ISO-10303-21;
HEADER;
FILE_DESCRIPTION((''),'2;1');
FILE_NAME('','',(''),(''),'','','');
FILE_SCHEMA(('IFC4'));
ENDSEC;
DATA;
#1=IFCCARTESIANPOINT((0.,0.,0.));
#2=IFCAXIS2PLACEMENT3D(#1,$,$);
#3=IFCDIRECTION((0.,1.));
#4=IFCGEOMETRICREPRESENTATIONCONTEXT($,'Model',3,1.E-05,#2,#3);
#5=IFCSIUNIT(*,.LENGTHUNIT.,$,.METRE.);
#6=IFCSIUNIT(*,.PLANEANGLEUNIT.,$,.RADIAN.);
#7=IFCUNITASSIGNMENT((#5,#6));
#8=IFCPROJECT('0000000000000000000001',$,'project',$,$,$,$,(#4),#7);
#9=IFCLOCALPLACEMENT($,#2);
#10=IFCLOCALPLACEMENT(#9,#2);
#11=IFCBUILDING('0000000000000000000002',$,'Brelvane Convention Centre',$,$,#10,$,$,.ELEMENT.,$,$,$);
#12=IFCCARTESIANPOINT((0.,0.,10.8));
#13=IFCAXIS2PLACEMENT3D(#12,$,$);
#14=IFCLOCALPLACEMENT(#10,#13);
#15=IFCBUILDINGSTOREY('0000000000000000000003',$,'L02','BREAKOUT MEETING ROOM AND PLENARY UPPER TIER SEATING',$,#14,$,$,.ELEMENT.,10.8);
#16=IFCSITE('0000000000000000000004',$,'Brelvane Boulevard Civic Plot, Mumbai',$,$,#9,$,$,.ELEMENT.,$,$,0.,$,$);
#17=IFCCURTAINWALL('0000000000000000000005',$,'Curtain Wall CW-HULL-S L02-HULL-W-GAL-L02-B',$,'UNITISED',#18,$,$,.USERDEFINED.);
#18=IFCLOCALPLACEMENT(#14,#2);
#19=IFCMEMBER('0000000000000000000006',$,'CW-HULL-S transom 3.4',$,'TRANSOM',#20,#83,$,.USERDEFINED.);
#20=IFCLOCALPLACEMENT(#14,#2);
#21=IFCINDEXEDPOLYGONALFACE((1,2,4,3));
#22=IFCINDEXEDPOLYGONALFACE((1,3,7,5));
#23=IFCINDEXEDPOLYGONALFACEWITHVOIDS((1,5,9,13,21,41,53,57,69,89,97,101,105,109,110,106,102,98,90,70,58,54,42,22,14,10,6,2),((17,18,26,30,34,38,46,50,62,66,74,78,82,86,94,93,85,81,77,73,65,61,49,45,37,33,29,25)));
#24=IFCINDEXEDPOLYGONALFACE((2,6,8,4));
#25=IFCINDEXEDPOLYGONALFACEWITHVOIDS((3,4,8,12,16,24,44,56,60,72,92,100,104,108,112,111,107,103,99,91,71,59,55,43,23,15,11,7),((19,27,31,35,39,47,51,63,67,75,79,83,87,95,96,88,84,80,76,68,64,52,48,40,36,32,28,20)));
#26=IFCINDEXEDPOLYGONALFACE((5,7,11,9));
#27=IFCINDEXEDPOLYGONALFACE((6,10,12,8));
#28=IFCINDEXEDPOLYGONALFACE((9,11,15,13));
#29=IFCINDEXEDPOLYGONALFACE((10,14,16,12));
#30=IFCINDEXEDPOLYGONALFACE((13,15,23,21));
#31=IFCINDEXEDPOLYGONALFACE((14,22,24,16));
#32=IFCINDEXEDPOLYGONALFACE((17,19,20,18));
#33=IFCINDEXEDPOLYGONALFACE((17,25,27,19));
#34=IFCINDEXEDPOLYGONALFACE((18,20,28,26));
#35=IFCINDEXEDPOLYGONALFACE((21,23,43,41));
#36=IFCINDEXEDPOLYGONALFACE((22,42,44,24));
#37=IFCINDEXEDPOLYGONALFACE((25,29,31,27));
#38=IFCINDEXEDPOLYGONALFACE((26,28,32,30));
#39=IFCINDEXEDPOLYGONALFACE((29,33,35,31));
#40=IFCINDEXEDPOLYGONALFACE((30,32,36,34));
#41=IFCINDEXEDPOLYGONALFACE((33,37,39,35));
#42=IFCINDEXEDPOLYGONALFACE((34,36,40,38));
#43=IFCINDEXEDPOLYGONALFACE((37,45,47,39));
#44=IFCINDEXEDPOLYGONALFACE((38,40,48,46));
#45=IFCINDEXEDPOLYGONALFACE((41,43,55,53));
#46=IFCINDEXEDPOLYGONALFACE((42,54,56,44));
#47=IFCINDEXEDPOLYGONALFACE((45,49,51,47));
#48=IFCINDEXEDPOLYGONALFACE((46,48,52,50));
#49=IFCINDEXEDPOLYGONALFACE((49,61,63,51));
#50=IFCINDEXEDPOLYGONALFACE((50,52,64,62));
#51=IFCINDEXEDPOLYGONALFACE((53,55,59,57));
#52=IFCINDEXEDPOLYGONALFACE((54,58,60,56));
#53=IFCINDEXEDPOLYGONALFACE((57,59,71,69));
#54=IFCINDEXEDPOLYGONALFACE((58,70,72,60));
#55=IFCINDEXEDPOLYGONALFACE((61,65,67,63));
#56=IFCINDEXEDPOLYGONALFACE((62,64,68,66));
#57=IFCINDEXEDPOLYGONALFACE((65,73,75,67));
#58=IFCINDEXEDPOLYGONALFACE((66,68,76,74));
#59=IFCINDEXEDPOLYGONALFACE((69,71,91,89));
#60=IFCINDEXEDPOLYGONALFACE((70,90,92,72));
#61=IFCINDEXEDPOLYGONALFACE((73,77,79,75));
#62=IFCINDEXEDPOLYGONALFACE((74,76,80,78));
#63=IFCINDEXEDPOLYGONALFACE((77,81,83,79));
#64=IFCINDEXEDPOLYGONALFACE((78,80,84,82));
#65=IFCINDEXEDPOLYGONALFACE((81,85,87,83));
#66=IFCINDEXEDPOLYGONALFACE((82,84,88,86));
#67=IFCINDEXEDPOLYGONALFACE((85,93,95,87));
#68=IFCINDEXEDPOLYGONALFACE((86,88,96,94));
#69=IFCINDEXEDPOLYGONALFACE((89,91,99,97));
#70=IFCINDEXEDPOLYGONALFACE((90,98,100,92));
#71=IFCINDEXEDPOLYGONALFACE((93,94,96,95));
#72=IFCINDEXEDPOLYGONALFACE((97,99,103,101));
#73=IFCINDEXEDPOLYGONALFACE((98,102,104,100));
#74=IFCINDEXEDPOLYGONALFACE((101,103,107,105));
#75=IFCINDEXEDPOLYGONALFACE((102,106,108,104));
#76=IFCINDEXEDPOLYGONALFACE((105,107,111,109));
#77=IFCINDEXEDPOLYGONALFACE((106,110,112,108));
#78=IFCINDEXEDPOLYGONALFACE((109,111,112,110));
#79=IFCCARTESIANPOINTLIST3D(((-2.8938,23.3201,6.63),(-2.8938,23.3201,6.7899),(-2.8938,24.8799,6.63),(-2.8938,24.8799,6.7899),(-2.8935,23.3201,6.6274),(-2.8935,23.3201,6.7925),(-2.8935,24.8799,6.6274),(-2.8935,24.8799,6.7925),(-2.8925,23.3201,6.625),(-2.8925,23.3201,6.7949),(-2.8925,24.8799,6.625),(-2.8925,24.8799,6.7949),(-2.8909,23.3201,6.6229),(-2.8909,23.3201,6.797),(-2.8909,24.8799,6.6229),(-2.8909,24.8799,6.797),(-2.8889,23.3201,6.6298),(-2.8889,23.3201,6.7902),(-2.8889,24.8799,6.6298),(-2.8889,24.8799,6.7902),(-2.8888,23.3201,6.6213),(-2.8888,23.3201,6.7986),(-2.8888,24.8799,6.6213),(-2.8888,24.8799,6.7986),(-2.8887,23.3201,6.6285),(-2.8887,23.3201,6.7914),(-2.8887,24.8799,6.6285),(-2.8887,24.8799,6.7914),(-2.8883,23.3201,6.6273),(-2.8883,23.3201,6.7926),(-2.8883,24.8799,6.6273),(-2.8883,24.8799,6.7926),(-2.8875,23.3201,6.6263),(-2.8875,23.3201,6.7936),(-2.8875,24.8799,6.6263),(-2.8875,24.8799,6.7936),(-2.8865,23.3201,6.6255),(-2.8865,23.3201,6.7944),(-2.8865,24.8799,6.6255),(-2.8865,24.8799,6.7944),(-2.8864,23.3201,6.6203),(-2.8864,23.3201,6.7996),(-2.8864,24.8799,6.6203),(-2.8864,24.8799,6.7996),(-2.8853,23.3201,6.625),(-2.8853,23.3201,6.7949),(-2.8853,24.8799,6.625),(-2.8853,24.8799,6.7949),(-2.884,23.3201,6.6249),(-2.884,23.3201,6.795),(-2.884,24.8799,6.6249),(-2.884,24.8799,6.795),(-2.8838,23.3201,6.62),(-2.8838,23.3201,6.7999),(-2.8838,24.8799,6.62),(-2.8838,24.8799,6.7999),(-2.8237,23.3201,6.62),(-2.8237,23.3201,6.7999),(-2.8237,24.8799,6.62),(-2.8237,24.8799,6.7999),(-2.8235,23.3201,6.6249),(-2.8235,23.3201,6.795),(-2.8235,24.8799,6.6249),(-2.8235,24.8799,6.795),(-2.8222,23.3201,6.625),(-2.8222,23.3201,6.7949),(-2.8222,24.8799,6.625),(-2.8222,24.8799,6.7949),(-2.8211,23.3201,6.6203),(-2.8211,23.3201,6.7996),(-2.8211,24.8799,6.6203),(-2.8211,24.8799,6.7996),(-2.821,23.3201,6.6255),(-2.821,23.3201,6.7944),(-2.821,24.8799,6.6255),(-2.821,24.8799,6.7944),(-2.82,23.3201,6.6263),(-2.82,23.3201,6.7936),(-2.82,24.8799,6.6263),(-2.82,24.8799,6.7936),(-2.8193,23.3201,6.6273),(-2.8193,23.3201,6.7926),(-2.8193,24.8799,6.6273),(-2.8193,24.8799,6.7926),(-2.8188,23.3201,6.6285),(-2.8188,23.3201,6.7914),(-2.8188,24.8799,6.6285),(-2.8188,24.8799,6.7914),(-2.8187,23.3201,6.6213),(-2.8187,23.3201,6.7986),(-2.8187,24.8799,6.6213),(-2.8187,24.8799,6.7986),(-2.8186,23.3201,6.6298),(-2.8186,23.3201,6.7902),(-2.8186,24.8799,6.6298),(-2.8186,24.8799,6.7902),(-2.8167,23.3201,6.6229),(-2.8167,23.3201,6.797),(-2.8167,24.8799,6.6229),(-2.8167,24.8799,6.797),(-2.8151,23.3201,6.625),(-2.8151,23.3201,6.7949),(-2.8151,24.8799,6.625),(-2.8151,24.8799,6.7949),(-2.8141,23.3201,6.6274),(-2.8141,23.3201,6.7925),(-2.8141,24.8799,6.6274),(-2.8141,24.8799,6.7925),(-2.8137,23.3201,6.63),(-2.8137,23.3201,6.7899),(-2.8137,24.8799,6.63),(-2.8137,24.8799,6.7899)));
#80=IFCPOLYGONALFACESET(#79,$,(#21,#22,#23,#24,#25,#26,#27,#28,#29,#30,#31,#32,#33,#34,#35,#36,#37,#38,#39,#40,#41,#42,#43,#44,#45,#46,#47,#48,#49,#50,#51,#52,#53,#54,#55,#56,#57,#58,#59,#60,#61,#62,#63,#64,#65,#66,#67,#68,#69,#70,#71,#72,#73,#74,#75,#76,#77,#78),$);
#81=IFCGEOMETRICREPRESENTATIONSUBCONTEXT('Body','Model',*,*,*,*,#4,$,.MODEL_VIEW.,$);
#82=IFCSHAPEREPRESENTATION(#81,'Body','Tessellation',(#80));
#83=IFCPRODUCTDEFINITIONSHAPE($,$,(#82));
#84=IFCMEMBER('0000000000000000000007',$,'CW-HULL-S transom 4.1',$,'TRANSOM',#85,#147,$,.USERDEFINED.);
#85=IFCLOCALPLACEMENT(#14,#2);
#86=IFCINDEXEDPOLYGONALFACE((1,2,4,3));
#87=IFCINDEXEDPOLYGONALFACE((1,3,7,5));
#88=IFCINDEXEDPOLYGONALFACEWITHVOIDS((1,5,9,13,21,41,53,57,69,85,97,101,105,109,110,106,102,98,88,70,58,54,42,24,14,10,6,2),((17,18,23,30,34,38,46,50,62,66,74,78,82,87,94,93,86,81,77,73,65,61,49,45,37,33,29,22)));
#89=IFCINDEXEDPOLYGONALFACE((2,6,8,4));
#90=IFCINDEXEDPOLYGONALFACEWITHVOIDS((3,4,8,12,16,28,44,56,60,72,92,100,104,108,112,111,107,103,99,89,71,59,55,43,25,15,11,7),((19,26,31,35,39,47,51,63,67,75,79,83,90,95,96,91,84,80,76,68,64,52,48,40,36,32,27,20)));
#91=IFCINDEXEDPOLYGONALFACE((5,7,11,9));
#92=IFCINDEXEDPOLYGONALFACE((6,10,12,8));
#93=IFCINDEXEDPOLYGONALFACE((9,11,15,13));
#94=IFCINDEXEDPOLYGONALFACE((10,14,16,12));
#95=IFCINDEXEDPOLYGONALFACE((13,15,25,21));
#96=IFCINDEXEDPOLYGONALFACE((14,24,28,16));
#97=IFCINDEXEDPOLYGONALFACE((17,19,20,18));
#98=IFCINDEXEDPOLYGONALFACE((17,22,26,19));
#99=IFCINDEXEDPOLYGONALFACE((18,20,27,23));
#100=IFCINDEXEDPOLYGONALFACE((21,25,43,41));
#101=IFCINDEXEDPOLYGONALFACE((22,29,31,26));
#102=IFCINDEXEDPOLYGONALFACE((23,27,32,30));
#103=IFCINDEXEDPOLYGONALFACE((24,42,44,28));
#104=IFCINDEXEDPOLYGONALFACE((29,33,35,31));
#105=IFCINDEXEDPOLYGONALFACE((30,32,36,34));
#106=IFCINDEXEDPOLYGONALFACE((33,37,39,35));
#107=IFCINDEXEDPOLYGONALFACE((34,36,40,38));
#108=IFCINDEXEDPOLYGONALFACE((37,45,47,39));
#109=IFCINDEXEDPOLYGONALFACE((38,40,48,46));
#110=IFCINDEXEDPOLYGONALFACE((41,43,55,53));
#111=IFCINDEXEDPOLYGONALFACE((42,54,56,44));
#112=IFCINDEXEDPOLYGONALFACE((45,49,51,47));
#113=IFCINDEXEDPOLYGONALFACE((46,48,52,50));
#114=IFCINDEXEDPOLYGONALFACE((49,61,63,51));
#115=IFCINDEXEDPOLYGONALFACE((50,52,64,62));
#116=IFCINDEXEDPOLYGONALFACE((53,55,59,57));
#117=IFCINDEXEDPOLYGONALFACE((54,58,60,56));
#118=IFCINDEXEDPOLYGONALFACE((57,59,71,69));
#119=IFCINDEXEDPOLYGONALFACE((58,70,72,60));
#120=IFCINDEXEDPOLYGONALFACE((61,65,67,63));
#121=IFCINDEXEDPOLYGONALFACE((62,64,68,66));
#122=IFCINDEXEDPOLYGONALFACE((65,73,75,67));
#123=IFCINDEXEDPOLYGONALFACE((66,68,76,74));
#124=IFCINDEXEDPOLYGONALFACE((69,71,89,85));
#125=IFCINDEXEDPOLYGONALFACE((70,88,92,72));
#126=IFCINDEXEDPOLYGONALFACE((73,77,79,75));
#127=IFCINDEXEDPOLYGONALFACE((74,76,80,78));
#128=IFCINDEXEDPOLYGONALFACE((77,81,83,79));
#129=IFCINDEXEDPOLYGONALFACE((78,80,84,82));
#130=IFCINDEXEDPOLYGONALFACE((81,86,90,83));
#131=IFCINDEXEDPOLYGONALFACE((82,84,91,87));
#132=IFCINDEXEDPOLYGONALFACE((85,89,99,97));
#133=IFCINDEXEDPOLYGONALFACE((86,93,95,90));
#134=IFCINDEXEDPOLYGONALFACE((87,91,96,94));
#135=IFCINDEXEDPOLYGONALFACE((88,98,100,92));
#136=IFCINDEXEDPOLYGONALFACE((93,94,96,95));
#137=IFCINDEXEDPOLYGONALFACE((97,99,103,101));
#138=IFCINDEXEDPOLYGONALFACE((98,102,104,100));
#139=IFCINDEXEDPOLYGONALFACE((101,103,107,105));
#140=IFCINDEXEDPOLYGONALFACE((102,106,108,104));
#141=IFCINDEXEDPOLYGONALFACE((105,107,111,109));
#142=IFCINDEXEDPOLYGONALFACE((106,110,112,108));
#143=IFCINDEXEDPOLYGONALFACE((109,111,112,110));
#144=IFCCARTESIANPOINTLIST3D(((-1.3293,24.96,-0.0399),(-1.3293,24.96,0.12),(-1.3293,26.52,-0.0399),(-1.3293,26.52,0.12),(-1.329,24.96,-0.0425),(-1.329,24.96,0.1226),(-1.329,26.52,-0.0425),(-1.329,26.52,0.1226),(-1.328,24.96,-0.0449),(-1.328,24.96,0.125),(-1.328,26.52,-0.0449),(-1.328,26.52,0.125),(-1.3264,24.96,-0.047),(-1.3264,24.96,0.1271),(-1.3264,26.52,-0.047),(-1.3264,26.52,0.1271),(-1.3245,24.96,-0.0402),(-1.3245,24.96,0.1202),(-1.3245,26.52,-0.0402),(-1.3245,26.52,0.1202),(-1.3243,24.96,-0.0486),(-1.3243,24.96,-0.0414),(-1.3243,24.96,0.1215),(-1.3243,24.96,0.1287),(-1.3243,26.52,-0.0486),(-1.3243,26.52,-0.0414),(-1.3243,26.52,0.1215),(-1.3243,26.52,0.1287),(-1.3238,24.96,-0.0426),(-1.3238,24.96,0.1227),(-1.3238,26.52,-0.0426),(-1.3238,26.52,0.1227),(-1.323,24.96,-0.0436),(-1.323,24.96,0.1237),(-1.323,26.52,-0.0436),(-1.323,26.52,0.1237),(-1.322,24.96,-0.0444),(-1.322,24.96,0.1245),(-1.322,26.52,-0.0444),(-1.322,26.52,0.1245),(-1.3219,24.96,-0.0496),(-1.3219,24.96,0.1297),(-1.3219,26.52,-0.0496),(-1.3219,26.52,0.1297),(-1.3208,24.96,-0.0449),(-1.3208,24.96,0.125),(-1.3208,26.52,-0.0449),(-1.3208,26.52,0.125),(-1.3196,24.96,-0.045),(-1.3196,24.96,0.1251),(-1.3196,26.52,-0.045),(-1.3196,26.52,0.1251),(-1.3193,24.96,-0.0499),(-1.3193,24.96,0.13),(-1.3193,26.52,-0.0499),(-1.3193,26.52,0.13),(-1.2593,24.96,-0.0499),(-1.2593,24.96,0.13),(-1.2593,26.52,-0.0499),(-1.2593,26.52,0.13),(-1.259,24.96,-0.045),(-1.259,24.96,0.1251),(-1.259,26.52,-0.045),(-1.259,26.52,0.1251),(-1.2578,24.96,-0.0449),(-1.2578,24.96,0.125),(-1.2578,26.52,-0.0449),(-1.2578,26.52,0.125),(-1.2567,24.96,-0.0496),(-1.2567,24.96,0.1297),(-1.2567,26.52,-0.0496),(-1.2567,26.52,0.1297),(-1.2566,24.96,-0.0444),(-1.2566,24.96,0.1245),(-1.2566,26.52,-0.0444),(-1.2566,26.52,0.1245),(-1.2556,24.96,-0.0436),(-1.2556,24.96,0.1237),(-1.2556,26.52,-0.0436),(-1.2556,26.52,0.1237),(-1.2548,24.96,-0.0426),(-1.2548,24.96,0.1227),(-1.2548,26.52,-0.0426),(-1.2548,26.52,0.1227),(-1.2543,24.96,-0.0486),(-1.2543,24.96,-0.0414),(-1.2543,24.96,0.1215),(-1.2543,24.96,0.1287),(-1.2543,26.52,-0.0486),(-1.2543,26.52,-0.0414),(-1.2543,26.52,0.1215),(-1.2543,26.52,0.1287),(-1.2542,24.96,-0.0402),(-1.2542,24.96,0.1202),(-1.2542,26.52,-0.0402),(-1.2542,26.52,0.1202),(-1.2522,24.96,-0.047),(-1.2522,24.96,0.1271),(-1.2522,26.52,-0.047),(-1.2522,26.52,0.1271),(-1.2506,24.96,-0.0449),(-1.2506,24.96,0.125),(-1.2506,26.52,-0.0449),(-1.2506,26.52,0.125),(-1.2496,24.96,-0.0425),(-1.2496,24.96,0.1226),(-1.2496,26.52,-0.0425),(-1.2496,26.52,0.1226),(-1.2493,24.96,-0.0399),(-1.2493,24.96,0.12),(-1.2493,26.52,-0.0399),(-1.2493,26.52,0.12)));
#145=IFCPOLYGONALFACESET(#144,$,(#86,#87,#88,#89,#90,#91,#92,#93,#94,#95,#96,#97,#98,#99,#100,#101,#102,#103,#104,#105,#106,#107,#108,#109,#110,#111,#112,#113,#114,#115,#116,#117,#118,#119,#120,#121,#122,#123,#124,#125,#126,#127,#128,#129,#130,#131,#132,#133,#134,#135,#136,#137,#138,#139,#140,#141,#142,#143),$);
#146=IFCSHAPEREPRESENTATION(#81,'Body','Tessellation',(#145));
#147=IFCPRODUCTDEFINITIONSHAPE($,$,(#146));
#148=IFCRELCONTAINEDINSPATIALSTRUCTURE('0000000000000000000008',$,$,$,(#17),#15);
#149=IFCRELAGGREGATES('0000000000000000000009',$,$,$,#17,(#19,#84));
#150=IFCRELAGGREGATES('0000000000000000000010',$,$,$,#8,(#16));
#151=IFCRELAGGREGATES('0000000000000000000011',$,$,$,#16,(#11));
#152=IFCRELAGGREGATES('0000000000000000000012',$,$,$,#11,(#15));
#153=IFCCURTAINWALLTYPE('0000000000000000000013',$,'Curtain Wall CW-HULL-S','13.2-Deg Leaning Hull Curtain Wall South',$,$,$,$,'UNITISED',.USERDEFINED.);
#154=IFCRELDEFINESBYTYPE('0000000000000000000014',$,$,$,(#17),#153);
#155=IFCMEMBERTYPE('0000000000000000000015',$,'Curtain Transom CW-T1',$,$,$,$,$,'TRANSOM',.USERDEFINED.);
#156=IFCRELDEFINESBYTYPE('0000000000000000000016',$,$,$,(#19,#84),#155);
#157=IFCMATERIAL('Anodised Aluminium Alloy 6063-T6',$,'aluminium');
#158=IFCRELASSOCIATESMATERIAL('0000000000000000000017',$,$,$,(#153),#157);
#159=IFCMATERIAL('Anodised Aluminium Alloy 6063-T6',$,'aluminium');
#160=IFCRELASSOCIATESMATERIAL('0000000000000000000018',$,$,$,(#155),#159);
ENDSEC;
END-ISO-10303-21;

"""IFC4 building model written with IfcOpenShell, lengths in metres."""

from ifc_helpers import new_model, si_unit, direction, frame, origin, origin_2d, place, context, subcontext, project, spatial, hollow_rectangle, extrude, material, material_profile, profile_set, type_object, element, aggregate, save


model = new_model("IFC4")

# Units and contexts
model_context = context("Model", 3, precision=1e-05, world=origin(), true_north=direction((0.0, 1.0)))
body_context = subcontext(model_context, "Body", "Model", "MODEL_VIEW")
ifc_project = project(units=[si_unit("LENGTHUNIT", "METRE"), si_unit("PLANEANGLEUNIT", "RADIAN")], contexts=[model_context])

# Site, building, storey
site_placement = place(None, origin())
site = spatial("IfcSite", under=ifc_project, at=site_placement, Name="Brelvane Boulevard Civic Plot, Mumbai", CompositionType="ELEMENT", RefElevation=0.0)
building_placement = place(site_placement, origin())
building = spatial("IfcBuilding", under=site, at=building_placement, Name="Brelvane Convention Centre", CompositionType="ELEMENT")
storey_placement = place(building_placement, frame((0.0, 0.0, 10.8)))
storey = spatial("IfcBuildingStorey", under=building, at=storey_placement, Name="L02", Description="BREAKOUT MEETING ROOM AND PLENARY UPPER TIER SEATING", CompositionType="ELEMENT", Elevation=10.8)

# Curtain wall, members
ifc_material_1 = material(Name="Anodised Aluminium Alloy 6063-T6", Category="aluminium")
curtain_wall_type = type_object("IfcCurtainWallType", Name="Curtain Wall CW-HULL-S", Description="13.2-Deg Leaning Hull Curtain Wall South", ElementType="UNITISED", PredefinedType="USERDEFINED", material=ifc_material_1)
curtain_wall_placement = place(storey_placement, origin())
curtain_wall = element("IfcCurtainWall", 1, at=curtain_wall_placement, inside=storey, type_object=curtain_wall_type, Name="Curtain Wall CW-HULL-S L02-HULL-W-GAL-L02-B", ObjectType="UNITISED", PredefinedType="USERDEFINED")
ifc_material_2 = material(Name="Anodised Aluminium Alloy 6063-T6", Category="aluminium")
ifc_material_profile = material_profile(ifc_material_2, hollow_rectangle(XDim=0.0801, YDim=0.1799, WallThickness=0.0049, InnerFilletRadius=0.0049, OuterFilletRadius=0.01, at=origin_2d()), Name="ALU-T 180x80x5.0")
ifc_profile_set = profile_set([ifc_material_profile], Name="Anodised Aluminium Alloy 6063-T6")
member_type = type_object("IfcMemberType", Name="Curtain Transom CW-T1", ElementType="TRANSOM", PredefinedType="USERDEFINED", material=ifc_profile_set)
member_1_placement = place(storey_placement, frame((-2.8538, 23.3201, 6.71), z_axis=(0.0, 1.0, 0.0), x_axis=(-1.0, 0.0, 0.0)))
member_1 = element("IfcMember", 2, at=member_1_placement, type_object=member_type, Name="CW-HULL-S transom 3.4", ObjectType="TRANSOM", PredefinedType="USERDEFINED", context=body_context, shape_type="SweptSolid", body=[
    extrude(hollow_rectangle(XDim=0.0801, YDim=0.1799, WallThickness=0.0049, InnerFilletRadius=0.0049, OuterFilletRadius=0.01, at=origin_2d()), origin(), (0.0, 0.0, 1.0), 1.5598),
])
member_2_placement = place(storey_placement, frame((-1.2893, 24.96, 0.04), z_axis=(0.0, 1.0, 0.0), x_axis=(-1.0, 0.0, 0.0)))
member_2 = element("IfcMember", 3, at=member_2_placement, type_object=member_type, Name="CW-HULL-S transom 4.1", ObjectType="TRANSOM", PredefinedType="USERDEFINED", context=body_context, shape_type="SweptSolid", body=[
    extrude(hollow_rectangle(XDim=0.0801, YDim=0.1799, WallThickness=0.0049, InnerFilletRadius=0.0049, OuterFilletRadius=0.01, at=origin_2d()), origin(), (0.0, 0.0, 1.0), 1.5601),
])
aggregate(curtain_wall, [member_1, member_2])

save(model, "model.ifc")
